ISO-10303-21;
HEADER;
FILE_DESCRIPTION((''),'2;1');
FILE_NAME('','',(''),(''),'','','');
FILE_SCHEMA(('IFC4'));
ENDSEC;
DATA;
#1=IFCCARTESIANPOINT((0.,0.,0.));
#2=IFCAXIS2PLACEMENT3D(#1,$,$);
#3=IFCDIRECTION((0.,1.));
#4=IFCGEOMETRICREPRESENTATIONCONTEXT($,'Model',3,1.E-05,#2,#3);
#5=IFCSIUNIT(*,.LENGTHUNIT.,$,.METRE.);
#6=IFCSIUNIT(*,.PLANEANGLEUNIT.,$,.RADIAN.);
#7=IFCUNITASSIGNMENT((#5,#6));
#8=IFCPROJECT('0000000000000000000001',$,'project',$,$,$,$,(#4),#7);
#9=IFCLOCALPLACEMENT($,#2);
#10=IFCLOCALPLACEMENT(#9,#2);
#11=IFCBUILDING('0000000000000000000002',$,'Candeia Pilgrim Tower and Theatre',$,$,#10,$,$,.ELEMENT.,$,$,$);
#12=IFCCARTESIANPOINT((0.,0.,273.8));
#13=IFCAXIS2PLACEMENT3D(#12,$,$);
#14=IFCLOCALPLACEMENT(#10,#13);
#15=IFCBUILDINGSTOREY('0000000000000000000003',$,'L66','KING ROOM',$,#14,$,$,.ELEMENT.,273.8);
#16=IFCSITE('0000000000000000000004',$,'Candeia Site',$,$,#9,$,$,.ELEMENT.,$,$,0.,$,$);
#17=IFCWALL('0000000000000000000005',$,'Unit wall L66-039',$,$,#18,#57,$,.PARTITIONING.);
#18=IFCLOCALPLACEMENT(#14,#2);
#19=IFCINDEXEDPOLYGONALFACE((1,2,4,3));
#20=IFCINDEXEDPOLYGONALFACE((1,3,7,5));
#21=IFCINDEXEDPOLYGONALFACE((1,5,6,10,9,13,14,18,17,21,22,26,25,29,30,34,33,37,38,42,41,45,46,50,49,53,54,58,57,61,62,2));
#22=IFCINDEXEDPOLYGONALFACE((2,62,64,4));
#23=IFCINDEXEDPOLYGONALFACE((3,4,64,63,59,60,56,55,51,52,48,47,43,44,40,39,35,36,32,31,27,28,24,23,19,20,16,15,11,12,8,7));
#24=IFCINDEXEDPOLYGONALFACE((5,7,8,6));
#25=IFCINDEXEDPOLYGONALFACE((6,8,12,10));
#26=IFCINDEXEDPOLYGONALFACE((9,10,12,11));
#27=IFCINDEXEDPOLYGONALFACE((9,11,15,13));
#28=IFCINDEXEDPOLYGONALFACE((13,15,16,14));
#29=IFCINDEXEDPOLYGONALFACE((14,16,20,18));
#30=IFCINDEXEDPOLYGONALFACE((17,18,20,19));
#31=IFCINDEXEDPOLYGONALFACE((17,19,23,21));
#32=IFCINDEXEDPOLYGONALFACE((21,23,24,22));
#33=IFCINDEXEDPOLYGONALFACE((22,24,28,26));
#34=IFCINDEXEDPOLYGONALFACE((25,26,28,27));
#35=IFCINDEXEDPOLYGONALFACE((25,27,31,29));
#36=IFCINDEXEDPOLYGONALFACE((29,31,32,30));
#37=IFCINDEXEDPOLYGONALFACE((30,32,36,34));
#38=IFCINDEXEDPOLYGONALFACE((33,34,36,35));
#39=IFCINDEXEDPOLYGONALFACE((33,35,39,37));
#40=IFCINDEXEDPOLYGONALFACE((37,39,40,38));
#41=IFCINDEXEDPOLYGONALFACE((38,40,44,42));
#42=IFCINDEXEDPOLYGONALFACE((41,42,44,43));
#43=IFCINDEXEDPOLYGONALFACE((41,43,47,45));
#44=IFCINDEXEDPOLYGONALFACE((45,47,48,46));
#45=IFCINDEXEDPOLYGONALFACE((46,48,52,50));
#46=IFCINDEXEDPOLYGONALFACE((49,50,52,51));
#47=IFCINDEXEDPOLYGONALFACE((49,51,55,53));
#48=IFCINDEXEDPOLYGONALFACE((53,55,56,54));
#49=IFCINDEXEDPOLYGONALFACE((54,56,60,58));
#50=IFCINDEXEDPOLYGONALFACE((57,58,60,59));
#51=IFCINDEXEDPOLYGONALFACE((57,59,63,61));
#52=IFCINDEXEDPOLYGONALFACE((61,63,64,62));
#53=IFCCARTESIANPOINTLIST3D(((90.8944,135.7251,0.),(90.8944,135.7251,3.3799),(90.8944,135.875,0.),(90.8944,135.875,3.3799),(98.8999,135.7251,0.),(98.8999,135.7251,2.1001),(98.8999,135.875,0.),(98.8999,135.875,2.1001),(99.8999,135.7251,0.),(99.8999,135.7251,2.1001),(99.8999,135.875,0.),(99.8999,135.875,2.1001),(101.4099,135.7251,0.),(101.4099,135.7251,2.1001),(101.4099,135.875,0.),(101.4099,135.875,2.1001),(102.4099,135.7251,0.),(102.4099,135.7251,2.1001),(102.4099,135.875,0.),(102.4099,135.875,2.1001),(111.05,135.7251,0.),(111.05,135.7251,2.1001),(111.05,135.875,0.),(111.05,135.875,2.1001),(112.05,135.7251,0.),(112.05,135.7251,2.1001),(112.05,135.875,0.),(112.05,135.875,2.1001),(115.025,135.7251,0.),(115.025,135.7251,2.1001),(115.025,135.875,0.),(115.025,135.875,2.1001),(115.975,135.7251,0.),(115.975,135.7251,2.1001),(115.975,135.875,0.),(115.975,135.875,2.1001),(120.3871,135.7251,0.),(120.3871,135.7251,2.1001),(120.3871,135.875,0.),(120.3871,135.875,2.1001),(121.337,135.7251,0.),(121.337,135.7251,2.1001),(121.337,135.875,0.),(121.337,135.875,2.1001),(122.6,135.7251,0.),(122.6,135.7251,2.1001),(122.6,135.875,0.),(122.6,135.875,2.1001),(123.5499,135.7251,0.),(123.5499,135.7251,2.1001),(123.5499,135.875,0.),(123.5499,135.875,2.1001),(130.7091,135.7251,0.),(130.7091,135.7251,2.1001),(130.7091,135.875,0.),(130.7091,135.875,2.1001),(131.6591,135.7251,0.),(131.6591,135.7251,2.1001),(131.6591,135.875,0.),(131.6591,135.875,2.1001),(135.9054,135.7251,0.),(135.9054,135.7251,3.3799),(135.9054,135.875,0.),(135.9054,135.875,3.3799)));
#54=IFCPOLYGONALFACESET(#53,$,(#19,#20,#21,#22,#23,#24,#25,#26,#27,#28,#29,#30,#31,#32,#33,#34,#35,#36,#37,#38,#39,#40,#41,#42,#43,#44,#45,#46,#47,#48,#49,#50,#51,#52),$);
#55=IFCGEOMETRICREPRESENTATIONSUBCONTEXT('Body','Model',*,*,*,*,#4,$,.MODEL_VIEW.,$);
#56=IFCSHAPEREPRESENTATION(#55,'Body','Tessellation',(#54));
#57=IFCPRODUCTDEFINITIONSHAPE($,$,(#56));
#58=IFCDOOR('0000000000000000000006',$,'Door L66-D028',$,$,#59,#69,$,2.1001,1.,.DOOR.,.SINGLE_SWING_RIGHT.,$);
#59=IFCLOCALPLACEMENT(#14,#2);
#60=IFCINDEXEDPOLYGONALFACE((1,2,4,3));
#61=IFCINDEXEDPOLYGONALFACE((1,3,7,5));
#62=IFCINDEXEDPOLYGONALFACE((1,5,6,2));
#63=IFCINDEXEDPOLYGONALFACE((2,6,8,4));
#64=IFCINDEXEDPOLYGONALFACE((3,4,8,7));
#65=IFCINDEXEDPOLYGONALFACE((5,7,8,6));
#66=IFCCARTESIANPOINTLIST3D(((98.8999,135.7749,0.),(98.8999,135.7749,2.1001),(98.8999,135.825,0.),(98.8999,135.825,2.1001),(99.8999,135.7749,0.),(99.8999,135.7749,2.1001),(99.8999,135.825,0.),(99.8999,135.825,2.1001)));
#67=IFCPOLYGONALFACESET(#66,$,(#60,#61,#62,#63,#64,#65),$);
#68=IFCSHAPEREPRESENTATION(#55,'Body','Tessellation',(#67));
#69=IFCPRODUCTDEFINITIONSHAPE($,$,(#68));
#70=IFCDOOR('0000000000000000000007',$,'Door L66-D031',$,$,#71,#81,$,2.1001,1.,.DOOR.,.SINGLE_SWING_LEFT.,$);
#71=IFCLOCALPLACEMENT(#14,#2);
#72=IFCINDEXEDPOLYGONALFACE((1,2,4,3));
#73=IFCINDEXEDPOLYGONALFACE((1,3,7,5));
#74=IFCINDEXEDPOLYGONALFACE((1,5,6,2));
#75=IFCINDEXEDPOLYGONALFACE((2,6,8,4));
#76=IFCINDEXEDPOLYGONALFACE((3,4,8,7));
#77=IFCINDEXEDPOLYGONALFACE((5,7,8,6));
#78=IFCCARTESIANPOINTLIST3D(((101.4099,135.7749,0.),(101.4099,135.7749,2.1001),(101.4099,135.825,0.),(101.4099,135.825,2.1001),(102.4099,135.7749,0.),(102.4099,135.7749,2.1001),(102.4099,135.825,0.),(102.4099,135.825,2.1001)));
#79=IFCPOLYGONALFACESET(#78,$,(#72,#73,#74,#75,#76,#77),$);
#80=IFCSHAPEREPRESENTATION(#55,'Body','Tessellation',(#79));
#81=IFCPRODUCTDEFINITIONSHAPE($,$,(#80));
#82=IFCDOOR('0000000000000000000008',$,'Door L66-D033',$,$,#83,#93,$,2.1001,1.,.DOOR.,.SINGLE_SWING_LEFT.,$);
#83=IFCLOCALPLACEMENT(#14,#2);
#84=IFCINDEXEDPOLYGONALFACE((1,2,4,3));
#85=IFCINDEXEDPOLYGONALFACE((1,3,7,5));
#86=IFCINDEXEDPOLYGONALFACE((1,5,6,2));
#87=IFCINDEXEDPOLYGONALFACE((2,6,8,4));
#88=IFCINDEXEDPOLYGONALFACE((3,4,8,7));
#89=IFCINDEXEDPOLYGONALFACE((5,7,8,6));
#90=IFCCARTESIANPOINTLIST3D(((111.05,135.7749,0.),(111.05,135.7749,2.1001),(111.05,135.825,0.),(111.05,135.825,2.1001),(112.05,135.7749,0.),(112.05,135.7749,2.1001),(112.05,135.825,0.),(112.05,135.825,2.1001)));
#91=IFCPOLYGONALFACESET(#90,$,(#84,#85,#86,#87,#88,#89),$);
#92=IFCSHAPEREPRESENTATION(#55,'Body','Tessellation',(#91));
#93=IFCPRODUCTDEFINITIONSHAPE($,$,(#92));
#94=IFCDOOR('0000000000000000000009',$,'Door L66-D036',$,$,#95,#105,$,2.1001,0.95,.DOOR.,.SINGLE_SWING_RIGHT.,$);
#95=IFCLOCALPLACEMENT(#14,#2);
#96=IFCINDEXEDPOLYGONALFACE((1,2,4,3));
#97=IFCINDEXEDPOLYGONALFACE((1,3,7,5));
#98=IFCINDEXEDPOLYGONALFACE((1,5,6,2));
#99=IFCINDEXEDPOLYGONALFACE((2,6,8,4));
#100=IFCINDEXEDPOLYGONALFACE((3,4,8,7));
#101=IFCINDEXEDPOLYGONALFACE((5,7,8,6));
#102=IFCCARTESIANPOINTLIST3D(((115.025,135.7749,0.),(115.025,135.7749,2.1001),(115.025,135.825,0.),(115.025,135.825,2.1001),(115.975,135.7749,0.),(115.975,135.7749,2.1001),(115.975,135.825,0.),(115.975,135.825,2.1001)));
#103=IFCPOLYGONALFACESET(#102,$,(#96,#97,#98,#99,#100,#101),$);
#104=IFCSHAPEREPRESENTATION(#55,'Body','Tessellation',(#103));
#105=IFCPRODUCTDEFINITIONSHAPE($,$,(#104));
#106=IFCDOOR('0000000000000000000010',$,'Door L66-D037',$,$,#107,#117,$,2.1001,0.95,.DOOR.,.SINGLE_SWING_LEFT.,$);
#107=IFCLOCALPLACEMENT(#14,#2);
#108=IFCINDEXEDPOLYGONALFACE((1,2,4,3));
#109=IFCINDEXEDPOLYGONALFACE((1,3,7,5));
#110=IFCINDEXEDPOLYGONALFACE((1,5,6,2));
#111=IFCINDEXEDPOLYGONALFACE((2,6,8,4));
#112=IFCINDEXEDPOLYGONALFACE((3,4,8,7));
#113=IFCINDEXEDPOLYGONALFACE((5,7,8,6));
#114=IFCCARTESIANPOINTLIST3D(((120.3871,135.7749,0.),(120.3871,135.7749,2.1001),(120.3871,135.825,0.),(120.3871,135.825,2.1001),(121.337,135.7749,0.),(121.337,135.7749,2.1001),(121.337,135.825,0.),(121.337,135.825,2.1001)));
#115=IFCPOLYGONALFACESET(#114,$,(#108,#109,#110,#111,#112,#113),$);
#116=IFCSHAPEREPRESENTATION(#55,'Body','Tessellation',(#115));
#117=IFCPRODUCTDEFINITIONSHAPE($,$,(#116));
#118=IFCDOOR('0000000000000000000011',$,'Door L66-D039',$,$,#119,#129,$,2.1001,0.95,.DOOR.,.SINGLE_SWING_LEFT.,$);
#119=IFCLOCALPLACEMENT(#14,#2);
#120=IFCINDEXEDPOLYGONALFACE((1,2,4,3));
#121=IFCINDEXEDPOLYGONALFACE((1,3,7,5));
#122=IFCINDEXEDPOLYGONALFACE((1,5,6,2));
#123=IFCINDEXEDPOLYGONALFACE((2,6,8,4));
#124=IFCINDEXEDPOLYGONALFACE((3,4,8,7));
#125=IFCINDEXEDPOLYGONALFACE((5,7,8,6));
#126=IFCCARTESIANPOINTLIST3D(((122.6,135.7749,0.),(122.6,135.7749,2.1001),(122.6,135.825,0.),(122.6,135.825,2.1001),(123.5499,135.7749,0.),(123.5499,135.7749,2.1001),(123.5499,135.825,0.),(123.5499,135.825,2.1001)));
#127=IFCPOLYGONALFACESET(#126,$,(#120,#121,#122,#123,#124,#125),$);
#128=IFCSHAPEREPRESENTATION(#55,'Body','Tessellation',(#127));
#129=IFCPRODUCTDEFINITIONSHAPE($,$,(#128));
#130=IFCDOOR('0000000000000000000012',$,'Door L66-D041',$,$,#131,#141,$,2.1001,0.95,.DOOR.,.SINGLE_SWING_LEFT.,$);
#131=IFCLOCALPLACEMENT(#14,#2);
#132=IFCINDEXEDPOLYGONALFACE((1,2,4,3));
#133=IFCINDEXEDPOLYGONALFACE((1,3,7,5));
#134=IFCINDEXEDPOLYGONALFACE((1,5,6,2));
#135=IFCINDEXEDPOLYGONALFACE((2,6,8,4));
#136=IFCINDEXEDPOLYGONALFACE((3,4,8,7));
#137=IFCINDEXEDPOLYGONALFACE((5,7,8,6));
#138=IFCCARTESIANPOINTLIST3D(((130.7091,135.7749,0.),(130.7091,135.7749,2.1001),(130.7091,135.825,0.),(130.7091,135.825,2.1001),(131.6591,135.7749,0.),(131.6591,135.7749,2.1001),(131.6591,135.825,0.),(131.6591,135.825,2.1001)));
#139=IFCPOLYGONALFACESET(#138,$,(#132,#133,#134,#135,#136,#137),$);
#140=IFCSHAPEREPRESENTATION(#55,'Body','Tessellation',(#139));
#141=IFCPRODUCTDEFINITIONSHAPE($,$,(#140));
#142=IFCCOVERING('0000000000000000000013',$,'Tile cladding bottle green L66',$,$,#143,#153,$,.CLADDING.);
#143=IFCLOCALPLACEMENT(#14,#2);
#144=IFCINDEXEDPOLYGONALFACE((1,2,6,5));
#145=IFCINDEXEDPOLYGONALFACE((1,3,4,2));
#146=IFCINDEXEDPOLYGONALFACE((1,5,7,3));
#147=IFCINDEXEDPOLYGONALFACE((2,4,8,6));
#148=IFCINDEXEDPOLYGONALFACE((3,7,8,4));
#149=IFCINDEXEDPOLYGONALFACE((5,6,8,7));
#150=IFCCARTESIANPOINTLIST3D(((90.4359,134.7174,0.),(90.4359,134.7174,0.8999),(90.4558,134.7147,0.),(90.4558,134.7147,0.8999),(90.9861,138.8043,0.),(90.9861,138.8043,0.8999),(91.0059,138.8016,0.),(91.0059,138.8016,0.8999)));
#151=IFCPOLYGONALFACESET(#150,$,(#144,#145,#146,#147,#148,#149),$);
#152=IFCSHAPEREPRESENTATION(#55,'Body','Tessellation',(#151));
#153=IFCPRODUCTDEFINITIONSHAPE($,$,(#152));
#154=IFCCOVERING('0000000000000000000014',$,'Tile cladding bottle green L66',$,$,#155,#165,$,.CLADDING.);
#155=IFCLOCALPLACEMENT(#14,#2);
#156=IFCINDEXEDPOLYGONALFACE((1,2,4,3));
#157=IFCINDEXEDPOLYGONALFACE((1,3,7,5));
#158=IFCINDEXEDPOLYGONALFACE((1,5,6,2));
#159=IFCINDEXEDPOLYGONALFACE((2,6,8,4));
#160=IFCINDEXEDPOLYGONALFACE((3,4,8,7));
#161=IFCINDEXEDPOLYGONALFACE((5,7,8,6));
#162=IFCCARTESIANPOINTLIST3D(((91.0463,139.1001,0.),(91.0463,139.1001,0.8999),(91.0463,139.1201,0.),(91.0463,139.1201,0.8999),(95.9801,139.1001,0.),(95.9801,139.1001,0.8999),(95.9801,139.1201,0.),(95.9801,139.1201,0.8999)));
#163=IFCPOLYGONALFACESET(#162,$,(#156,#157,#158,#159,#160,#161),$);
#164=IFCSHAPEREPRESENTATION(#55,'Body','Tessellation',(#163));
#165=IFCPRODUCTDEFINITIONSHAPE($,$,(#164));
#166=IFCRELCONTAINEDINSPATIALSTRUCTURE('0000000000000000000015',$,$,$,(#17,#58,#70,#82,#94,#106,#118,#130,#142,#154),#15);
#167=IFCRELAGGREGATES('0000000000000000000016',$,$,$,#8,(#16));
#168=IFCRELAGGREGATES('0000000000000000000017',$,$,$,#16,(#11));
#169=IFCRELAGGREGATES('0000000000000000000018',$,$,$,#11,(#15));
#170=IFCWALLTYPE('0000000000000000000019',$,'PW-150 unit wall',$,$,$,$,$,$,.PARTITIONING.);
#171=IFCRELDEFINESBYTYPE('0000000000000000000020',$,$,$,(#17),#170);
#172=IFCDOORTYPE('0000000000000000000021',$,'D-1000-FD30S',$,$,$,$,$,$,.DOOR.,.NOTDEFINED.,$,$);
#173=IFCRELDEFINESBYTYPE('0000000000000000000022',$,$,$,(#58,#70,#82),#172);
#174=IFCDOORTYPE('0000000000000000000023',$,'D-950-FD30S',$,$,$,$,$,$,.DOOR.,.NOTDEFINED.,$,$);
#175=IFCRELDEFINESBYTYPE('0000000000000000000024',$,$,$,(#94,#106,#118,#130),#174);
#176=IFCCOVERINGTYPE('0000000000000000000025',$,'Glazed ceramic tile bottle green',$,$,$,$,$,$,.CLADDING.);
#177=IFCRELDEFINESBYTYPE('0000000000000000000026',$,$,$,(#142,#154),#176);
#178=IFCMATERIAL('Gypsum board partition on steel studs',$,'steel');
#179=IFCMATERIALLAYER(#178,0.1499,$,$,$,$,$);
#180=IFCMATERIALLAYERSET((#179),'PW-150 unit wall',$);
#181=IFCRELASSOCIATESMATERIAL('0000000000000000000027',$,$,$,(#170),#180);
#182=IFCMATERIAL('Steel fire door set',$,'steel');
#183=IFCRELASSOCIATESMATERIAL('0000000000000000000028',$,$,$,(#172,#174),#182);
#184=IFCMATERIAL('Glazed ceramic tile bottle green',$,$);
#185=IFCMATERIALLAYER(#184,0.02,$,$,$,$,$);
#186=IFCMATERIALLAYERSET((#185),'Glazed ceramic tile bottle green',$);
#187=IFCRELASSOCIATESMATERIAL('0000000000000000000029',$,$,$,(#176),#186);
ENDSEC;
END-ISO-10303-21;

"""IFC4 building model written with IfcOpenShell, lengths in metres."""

from ifc_helpers import new_model, si_unit, direction, frame, frame_2d, origin, origin_2d, place, context, subcontext, project, spatial, rectangle, extrude, material, layer, layer_set, type_object, element, fill, save


model = new_model("IFC4")

# Units and contexts
model_context = context("Model", 3, precision=1e-05, world=origin(), true_north=direction((0.0, 1.0)))
body_context = subcontext(model_context, "Body", "Model", "MODEL_VIEW")
ifc_project = project(units=[si_unit("LENGTHUNIT", "METRE"), si_unit("PLANEANGLEUNIT", "RADIAN")], contexts=[model_context])

# Site, building, storey
site_placement = place(None, origin())
site = spatial("IfcSite", under=ifc_project, at=site_placement, Name="Candeia Site", CompositionType="ELEMENT", RefElevation=0.0)
building_placement = place(site_placement, origin())
building = spatial("IfcBuilding", under=site, at=building_placement, Name="Candeia Pilgrim Tower and Theatre", CompositionType="ELEMENT")
storey_placement = place(building_placement, frame((0.0, 0.0, 273.8)))
storey = spatial("IfcBuildingStorey", under=building, at=storey_placement, Name="L66", Description="KING ROOM", CompositionType="ELEMENT", Elevation=273.8)

# Shared definitions
ifc_material_1 = material(Name="Gypsum board partition on steel studs", Category="steel")

# Wall, openings, doors
ifc_layer_1 = layer(ifc_material_1, 0.1499)
ifc_layer_set_1 = layer_set([ifc_layer_1], Name="PW-150 unit wall")
wall_type_1 = type_object("IfcWallType", Name="PW-150 unit wall", PredefinedType="PARTITIONING", material=ifc_layer_set_1)
wall_1_placement = place(storey_placement, frame((90.8945, 135.8, 0.0), z_axis=(0.0, 0.0, 1.0), x_axis=(1.0, 0.0, 0.0)))
wall_1 = element("IfcWall", 1, at=wall_1_placement, inside=storey, type_object=wall_type_1, Name="Unit wall L66-039", PredefinedType="PARTITIONING", context=body_context, shape_type="SweptSolid", body=[
    extrude(rectangle(XDim=45.011, YDim=0.1499, at=frame_2d((22.5054, 0.0))), origin(), (0.0, 0.0, 1.0), 3.3799),
])
opening_1_placement = place(wall_1_placement, frame((8.0054, 0.0, 0.0)))
opening_1 = element("IfcOpeningElement", 2, at=opening_1_placement, cuts=wall_1, PredefinedType="OPENING", context=body_context, shape_type="SweptSolid", body=[
    extrude(rectangle(XDim=1.0, YDim=2.1001, at=frame_2d((0.5, 1.05))), frame((0.0, 0.085, 0.0), z_axis=(0.0, -1.0, 0.0), x_axis=(1.0, 0.0, 0.0)), (0.0, 0.0, 1.0), 0.1699),
])
opening_2_placement = place(wall_1_placement, frame((10.5154, 0.0, 0.0)))
opening_2 = element("IfcOpeningElement", 3, at=opening_2_placement, cuts=wall_1, PredefinedType="OPENING", context=body_context, shape_type="SweptSolid", body=[
    extrude(rectangle(XDim=1.0, YDim=2.1001, at=frame_2d((0.5, 1.05))), frame((0.0, 0.085, 0.0), z_axis=(0.0, -1.0, 0.0), x_axis=(1.0, 0.0, 0.0)), (0.0, 0.0, 1.0), 0.1699),
])
opening_3_placement = place(wall_1_placement, frame((20.1555, 0.0, 0.0)))
opening_3 = element("IfcOpeningElement", 4, at=opening_3_placement, cuts=wall_1, PredefinedType="OPENING", context=body_context, shape_type="SweptSolid", body=[
    extrude(rectangle(XDim=1.0, YDim=2.1001, at=frame_2d((0.5, 1.05))), frame((0.0, 0.085, 0.0), z_axis=(0.0, -1.0, 0.0), x_axis=(1.0, 0.0, 0.0)), (0.0, 0.0, 1.0), 0.1699),
])
opening_4_placement = place(wall_1_placement, frame((24.1304, 0.0, 0.0)))
opening_4 = element("IfcOpeningElement", 5, at=opening_4_placement, cuts=wall_1, PredefinedType="OPENING", context=body_context, shape_type="SweptSolid", body=[
    extrude(rectangle(XDim=0.95, YDim=2.1001, at=frame_2d((0.4751, 1.05))), frame((0.0, 0.085, 0.0), z_axis=(0.0, -1.0, 0.0), x_axis=(1.0, 0.0, 0.0)), (0.0, 0.0, 1.0), 0.1699),
])
opening_5_placement = place(wall_1_placement, frame((29.4924, 0.0, 0.0)))
opening_5 = element("IfcOpeningElement", 6, at=opening_5_placement, cuts=wall_1, PredefinedType="OPENING", context=body_context, shape_type="SweptSolid", body=[
    extrude(rectangle(XDim=0.95, YDim=2.1001, at=frame_2d((0.4751, 1.05))), frame((0.0, 0.085, 0.0), z_axis=(0.0, -1.0, 0.0), x_axis=(1.0, 0.0, 0.0)), (0.0, 0.0, 1.0), 0.1699),
])
opening_6_placement = place(wall_1_placement, frame((31.7053, 0.0, 0.0)))
opening_6 = element("IfcOpeningElement", 7, at=opening_6_placement, cuts=wall_1, PredefinedType="OPENING", context=body_context, shape_type="SweptSolid", body=[
    extrude(rectangle(XDim=0.95, YDim=2.1001, at=frame_2d((0.4751, 1.05))), frame((0.0, 0.085, 0.0), z_axis=(0.0, -1.0, 0.0), x_axis=(1.0, 0.0, 0.0)), (0.0, 0.0, 1.0), 0.1699),
])
opening_7_placement = place(wall_1_placement, frame((39.8145, 0.0, 0.0)))
opening_7 = element("IfcOpeningElement", 8, at=opening_7_placement, cuts=wall_1, PredefinedType="OPENING", context=body_context, shape_type="SweptSolid", body=[
    extrude(rectangle(XDim=0.95, YDim=2.1001, at=frame_2d((0.4751, 1.05))), frame((0.0, 0.085, 0.0), z_axis=(0.0, -1.0, 0.0), x_axis=(1.0, 0.0, 0.0)), (0.0, 0.0, 1.0), 0.1699),
])
ifc_material_2 = material(Name="Steel fire door set", Category="steel")
door_type_1 = type_object("IfcDoorType", Name="D-1000-FD30S", OperationType="NOTDEFINED", PredefinedType="DOOR", material=ifc_material_2)
door_1_placement = place(opening_1_placement, origin())
door_1 = element("IfcDoor", 9, at=door_1_placement, inside=storey, type_object=door_type_1, Name="Door L66-D028", OperationType="SINGLE_SWING_RIGHT", OverallHeight=2.1001, OverallWidth=1.0, PredefinedType="DOOR", context=body_context, shape_type="SweptSolid", body=[
    extrude(rectangle(XDim=1.0, YDim=2.1001, at=frame_2d((0.5, 1.05))), frame((0.0, 0.0249, 0.0), z_axis=(0.0, -1.0, 0.0), x_axis=(1.0, 0.0, 0.0)), (0.0, 0.0, 1.0), 0.05),
])
fill(opening_1, door_1)
door_2_placement = place(opening_2_placement, origin())
door_2 = element("IfcDoor", 10, at=door_2_placement, inside=storey, type_object=door_type_1, Name="Door L66-D031", OperationType="SINGLE_SWING_LEFT", OverallHeight=2.1001, OverallWidth=1.0, PredefinedType="DOOR", context=body_context, shape_type="SweptSolid", body=[
    extrude(rectangle(XDim=1.0, YDim=2.1001, at=frame_2d((0.5, 1.05))), frame((0.0, 0.0249, 0.0), z_axis=(0.0, -1.0, 0.0), x_axis=(1.0, 0.0, 0.0)), (0.0, 0.0, 1.0), 0.05),
])
fill(opening_2, door_2)
door_3_placement = place(opening_3_placement, origin())
door_3 = element("IfcDoor", 11, at=door_3_placement, inside=storey, type_object=door_type_1, Name="Door L66-D033", OperationType="SINGLE_SWING_LEFT", OverallHeight=2.1001, OverallWidth=1.0, PredefinedType="DOOR", context=body_context, shape_type="SweptSolid", body=[
    extrude(rectangle(XDim=1.0, YDim=2.1001, at=frame_2d((0.5, 1.05))), frame((0.0, 0.0249, 0.0), z_axis=(0.0, -1.0, 0.0), x_axis=(1.0, 0.0, 0.0)), (0.0, 0.0, 1.0), 0.05),
])
fill(opening_3, door_3)
door_type_2 = type_object("IfcDoorType", Name="D-950-FD30S", OperationType="NOTDEFINED", PredefinedType="DOOR", material=ifc_material_2)
door_4_placement = place(opening_4_placement, origin())
door_4 = element("IfcDoor", 12, at=door_4_placement, inside=storey, type_object=door_type_2, Name="Door L66-D036", OperationType="SINGLE_SWING_RIGHT", OverallHeight=2.1001, OverallWidth=0.95, PredefinedType="DOOR", context=body_context, shape_type="SweptSolid", body=[
    extrude(rectangle(XDim=0.95, YDim=2.1001, at=frame_2d((0.4751, 1.05))), frame((0.0, 0.0249, 0.0), z_axis=(0.0, -1.0, 0.0), x_axis=(1.0, 0.0, 0.0)), (0.0, 0.0, 1.0), 0.05),
])
fill(opening_4, door_4)
door_5_placement = place(opening_5_placement, origin())
door_5 = element("IfcDoor", 13, at=door_5_placement, inside=storey, type_object=door_type_2, Name="Door L66-D037", OperationType="SINGLE_SWING_LEFT", OverallHeight=2.1001, OverallWidth=0.95, PredefinedType="DOOR", context=body_context, shape_type="SweptSolid", body=[
    extrude(rectangle(XDim=0.95, YDim=2.1001, at=frame_2d((0.4751, 1.05))), frame((0.0, 0.0249, 0.0), z_axis=(0.0, -1.0, 0.0), x_axis=(1.0, 0.0, 0.0)), (0.0, 0.0, 1.0), 0.05),
])
fill(opening_5, door_5)
door_6_placement = place(opening_6_placement, origin())
door_6 = element("IfcDoor", 14, at=door_6_placement, inside=storey, type_object=door_type_2, Name="Door L66-D039", OperationType="SINGLE_SWING_LEFT", OverallHeight=2.1001, OverallWidth=0.95, PredefinedType="DOOR", context=body_context, shape_type="SweptSolid", body=[
    extrude(rectangle(XDim=0.95, YDim=2.1001, at=frame_2d((0.4751, 1.05))), frame((0.0, 0.0249, 0.0), z_axis=(0.0, -1.0, 0.0), x_axis=(1.0, 0.0, 0.0)), (0.0, 0.0, 1.0), 0.05),
])
fill(opening_6, door_6)
door_7_placement = place(opening_7_placement, origin())
door_7 = element("IfcDoor", 15, at=door_7_placement, inside=storey, type_object=door_type_2, Name="Door L66-D041", OperationType="SINGLE_SWING_LEFT", OverallHeight=2.1001, OverallWidth=0.95, PredefinedType="DOOR", context=body_context, shape_type="SweptSolid", body=[
    extrude(rectangle(XDim=0.95, YDim=2.1001, at=frame_2d((0.4751, 1.05))), frame((0.0, 0.0249, 0.0), z_axis=(0.0, -1.0, 0.0), x_axis=(1.0, 0.0, 0.0)), (0.0, 0.0, 1.0), 0.05),
])
fill(opening_7, door_7)

# Coverings
ifc_material_3 = material(Name="Glazed ceramic tile bottle green")
ifc_layer_2 = layer(ifc_material_3, 0.02)
ifc_layer_set_2 = layer_set([ifc_layer_2], Name="Glazed ceramic tile bottle green")
covering_type = type_object("IfcCoveringType", Name="Glazed ceramic tile bottle green", PredefinedType="CLADDING", material=ifc_layer_set_2)
covering_1_placement = place(storey_placement, frame((90.7209, 136.7595, 0.0), z_axis=(0.0, 0.0, 1.0), x_axis=(-0.133412, -0.991061, 0.0)))
element("IfcCovering", 16, at=covering_1_placement, inside=storey, type_object=covering_type, Name="Tile cladding bottle green L66", PredefinedType="CLADDING", context=body_context, shape_type="SweptSolid", body=[
    extrude(rectangle(XDim=4.1238, YDim=0.02, at=origin_2d()), origin(), (0.0, 0.0, 1.0), 0.8999),
])
covering_2_placement = place(storey_placement, frame((93.5132, 139.1101, 0.0), z_axis=(0.0, 0.0, 1.0), x_axis=(-1.0, 0.0, 0.0)))
element("IfcCovering", 17, at=covering_2_placement, inside=storey, type_object=covering_type, Name="Tile cladding bottle green L66", PredefinedType="CLADDING", context=body_context, shape_type="SweptSolid", body=[
    extrude(rectangle(XDim=4.9338, YDim=0.02, at=origin_2d()), origin(), (0.0, 0.0, 1.0), 0.8999),
])

save(model, "model.ifc")
